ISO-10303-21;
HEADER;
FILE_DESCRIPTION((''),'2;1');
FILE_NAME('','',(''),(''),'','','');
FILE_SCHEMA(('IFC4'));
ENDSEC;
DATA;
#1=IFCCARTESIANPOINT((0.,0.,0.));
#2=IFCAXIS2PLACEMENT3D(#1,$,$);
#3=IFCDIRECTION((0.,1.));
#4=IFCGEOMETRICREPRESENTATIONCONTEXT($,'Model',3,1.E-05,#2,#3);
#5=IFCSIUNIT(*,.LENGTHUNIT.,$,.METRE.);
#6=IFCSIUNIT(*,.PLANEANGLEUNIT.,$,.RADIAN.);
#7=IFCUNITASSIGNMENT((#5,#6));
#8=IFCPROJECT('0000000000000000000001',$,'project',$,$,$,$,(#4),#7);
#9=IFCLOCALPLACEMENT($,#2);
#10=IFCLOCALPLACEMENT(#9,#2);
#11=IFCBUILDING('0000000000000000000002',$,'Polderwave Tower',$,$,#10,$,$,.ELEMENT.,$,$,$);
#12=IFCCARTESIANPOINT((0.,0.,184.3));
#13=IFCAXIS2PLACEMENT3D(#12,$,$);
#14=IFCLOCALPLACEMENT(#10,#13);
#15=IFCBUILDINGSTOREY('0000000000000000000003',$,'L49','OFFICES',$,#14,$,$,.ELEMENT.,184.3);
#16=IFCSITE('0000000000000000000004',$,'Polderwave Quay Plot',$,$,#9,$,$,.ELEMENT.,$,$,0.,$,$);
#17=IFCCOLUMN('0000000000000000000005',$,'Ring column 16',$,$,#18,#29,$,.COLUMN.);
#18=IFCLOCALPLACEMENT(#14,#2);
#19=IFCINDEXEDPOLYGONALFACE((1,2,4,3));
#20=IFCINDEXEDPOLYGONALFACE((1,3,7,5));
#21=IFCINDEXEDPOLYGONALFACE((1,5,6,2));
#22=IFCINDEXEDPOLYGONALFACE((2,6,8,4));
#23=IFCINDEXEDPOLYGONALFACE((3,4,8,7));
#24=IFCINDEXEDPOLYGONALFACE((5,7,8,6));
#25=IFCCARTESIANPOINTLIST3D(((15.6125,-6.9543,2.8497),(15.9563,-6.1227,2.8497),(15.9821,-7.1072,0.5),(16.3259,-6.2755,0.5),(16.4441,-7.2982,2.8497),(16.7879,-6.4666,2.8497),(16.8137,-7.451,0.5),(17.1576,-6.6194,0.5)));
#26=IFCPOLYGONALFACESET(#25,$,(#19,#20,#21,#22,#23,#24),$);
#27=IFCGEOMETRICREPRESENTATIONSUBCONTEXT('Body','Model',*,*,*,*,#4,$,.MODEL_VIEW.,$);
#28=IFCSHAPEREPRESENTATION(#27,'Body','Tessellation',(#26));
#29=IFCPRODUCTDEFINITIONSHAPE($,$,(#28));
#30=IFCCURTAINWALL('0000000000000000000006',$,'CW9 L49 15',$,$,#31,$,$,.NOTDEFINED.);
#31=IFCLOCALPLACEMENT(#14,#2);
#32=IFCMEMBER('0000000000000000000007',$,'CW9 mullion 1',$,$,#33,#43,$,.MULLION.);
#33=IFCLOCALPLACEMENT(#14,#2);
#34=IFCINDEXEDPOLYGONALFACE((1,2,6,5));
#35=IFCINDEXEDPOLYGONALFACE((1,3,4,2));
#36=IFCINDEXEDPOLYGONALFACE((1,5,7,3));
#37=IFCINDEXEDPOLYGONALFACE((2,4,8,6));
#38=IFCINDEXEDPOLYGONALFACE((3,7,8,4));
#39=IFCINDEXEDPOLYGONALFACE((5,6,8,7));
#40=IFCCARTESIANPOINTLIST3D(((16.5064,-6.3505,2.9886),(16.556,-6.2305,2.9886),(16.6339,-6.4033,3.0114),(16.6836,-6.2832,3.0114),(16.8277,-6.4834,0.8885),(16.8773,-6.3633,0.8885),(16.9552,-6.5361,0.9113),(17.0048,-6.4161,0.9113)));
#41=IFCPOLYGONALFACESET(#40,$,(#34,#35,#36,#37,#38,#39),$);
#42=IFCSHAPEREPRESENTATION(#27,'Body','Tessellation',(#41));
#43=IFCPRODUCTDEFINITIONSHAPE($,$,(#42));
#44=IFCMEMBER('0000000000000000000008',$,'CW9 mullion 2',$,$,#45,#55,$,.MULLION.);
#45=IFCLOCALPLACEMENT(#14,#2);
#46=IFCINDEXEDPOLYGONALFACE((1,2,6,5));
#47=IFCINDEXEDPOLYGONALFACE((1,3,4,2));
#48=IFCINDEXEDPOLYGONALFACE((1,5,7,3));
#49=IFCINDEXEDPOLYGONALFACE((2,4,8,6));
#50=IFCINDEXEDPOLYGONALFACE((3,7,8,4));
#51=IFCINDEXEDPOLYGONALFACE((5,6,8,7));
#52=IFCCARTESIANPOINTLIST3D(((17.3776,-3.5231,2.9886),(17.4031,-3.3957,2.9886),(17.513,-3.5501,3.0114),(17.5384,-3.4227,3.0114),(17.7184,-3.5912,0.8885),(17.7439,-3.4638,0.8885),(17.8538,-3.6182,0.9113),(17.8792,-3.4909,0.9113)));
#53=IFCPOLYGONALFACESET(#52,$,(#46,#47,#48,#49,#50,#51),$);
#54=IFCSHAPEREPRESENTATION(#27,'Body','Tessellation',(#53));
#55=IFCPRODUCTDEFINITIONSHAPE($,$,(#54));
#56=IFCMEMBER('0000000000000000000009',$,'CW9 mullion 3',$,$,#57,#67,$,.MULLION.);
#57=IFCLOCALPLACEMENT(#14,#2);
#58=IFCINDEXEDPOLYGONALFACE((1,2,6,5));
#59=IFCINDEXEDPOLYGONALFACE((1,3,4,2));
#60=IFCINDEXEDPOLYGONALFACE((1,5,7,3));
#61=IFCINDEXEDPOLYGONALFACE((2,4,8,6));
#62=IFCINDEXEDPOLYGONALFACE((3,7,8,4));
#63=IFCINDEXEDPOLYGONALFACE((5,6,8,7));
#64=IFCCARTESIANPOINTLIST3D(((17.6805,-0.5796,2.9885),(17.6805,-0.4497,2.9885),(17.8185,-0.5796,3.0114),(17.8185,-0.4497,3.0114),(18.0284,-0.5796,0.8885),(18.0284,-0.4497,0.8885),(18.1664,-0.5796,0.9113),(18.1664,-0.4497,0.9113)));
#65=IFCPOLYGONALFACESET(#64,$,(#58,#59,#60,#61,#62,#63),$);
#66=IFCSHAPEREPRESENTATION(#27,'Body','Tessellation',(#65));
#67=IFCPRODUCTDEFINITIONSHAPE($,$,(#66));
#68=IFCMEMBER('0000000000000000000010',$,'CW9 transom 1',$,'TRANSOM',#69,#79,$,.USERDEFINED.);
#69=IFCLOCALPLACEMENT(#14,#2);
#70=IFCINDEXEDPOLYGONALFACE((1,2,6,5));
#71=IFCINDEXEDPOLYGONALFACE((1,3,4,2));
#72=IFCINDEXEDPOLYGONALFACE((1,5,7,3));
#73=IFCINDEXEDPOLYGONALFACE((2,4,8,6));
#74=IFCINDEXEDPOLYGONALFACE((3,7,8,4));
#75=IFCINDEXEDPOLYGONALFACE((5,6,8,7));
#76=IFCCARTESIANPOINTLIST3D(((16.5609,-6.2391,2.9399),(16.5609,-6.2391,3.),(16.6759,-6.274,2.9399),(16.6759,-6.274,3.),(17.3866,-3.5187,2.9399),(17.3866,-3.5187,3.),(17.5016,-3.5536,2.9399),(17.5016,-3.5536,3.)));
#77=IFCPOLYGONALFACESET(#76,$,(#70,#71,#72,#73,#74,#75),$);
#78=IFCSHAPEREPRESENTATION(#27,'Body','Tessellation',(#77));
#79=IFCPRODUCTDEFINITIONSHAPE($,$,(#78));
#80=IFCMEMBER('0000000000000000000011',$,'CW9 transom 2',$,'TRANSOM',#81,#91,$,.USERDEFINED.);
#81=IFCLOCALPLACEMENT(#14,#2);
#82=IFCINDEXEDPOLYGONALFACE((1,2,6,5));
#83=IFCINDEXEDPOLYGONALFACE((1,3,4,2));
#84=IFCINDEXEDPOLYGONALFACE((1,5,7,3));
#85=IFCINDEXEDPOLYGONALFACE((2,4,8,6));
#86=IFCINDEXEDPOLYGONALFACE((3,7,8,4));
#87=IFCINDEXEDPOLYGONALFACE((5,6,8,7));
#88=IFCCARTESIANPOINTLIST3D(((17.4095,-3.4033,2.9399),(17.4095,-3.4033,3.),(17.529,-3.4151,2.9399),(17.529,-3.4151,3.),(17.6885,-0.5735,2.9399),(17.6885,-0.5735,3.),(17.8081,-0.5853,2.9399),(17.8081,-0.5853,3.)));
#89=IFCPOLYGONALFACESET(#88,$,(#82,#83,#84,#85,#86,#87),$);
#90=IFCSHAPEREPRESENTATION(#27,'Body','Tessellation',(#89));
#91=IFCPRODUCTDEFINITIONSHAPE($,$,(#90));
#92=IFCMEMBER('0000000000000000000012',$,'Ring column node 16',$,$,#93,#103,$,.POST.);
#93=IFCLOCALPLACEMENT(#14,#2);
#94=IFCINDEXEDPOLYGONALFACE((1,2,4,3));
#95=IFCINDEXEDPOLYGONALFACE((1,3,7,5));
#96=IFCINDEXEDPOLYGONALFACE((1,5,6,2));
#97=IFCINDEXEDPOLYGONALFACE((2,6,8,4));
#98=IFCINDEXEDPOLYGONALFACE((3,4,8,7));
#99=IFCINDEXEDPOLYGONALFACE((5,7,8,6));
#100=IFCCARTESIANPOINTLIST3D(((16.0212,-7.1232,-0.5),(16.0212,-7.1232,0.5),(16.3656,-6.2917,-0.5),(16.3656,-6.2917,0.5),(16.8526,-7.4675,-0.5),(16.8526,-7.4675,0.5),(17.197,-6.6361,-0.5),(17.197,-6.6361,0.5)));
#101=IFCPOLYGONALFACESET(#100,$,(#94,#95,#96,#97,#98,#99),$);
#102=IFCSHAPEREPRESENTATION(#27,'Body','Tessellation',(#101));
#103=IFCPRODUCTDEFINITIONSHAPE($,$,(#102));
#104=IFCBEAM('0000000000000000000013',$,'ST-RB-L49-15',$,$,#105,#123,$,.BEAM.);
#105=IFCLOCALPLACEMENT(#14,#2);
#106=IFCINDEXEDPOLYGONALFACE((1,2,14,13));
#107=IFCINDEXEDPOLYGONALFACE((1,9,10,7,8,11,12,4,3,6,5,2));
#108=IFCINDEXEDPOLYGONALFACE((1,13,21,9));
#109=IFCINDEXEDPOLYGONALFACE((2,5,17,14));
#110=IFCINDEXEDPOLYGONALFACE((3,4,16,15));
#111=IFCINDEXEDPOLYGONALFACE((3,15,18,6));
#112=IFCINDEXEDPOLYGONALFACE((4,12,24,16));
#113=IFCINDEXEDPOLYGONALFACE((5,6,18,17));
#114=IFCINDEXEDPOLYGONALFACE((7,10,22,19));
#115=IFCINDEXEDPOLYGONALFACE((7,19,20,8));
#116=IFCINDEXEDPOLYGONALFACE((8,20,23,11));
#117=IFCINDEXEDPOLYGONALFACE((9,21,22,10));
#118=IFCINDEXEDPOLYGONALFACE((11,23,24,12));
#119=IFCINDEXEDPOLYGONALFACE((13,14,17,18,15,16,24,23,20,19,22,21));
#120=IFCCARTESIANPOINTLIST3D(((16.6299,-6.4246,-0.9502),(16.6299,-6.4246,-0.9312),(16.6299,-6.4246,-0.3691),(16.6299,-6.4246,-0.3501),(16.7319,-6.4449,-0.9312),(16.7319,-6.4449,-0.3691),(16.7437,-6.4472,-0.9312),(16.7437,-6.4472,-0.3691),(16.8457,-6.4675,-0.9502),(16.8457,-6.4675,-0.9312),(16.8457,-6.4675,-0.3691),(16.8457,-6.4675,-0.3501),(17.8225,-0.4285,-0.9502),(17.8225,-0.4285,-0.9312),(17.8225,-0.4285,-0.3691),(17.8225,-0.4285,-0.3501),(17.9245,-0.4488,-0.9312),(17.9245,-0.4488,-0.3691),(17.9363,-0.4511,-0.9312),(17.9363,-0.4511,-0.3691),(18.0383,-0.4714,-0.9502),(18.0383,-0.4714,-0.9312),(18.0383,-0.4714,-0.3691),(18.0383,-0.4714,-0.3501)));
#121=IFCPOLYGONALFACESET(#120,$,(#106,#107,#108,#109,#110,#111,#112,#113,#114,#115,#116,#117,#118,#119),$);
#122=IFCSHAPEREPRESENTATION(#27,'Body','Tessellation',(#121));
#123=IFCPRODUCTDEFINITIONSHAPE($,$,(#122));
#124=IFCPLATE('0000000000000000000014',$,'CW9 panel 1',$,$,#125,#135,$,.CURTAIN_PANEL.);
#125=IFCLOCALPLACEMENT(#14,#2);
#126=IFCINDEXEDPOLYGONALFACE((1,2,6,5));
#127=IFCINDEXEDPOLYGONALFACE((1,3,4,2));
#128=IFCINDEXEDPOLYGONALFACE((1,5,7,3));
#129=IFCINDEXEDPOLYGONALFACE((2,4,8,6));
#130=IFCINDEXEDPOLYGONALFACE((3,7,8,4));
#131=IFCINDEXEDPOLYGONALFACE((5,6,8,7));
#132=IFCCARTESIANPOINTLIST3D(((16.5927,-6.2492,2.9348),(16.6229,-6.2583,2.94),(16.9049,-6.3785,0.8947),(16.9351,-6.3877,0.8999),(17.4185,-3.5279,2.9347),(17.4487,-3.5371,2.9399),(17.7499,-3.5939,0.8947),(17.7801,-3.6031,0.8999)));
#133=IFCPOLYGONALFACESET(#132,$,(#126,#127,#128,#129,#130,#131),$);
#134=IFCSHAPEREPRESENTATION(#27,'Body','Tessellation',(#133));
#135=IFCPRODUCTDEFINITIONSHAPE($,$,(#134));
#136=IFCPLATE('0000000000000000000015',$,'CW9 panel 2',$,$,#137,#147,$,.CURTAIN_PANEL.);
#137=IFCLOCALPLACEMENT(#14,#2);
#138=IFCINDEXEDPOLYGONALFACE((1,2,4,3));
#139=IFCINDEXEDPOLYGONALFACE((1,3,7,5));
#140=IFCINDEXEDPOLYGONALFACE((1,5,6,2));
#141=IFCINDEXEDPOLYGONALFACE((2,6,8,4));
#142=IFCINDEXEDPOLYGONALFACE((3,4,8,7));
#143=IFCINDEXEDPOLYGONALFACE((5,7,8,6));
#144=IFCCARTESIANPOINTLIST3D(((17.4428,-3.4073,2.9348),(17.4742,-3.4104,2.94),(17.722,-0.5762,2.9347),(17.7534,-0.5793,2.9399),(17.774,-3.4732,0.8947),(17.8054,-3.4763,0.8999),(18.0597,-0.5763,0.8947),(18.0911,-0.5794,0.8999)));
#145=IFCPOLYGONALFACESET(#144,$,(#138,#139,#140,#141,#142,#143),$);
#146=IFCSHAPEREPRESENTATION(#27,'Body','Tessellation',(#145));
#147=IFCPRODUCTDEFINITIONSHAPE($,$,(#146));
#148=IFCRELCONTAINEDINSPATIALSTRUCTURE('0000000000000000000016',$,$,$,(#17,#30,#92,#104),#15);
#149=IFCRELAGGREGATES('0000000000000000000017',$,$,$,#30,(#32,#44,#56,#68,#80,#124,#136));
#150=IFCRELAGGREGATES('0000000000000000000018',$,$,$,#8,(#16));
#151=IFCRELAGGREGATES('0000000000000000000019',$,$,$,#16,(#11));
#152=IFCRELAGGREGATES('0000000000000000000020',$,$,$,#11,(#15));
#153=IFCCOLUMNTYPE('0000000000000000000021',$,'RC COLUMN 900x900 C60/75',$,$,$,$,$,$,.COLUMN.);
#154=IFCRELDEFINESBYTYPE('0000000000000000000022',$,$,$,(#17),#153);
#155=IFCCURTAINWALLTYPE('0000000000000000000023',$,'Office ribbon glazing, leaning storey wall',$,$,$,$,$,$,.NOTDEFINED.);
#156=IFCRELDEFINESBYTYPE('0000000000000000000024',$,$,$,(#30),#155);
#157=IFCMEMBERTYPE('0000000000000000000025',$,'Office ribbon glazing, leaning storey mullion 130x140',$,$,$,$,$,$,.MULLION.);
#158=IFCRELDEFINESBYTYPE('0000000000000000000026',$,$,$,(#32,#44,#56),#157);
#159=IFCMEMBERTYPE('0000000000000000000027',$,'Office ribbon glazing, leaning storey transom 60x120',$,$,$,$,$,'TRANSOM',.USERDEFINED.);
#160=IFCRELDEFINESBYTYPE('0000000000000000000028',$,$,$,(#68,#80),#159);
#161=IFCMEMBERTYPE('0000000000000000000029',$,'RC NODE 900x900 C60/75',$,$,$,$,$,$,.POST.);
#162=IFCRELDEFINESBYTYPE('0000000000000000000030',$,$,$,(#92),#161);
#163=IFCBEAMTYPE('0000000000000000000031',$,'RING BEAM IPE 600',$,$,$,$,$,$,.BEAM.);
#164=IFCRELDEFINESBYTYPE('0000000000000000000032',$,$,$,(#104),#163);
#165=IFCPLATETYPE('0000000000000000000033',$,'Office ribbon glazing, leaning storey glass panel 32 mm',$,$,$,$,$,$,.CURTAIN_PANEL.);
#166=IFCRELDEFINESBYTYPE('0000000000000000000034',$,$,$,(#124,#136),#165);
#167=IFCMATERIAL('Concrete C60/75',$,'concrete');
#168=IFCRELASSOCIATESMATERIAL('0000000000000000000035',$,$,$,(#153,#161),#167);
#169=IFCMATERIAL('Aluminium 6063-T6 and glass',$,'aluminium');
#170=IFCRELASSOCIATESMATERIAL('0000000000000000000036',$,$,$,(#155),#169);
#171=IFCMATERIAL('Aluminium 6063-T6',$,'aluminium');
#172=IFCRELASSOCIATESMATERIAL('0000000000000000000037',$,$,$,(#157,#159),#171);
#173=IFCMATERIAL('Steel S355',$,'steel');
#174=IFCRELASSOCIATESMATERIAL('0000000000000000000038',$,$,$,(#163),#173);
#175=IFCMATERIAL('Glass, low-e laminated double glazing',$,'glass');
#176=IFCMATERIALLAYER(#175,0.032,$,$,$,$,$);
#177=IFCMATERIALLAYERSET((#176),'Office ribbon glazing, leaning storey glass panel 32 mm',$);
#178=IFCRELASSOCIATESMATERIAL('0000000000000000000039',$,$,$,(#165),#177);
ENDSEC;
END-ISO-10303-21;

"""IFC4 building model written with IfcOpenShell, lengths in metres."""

from ifc_helpers import new_model, si_unit, direction, frame, origin, origin_2d, place, context, subcontext, project, spatial, polyline, rectangle, i_section, outline, extrude, material, layer, layer_set, material_profile, profile_set, type_object, element, aggregate, save


model = new_model("IFC4")

# Units and contexts
model_context = context("Model", 3, precision=1e-05, world=origin(), true_north=direction((0.0, 1.0)))
body_context = subcontext(model_context, "Body", "Model", "MODEL_VIEW")
ifc_project = project(units=[si_unit("LENGTHUNIT", "METRE"), si_unit("PLANEANGLEUNIT", "RADIAN")], contexts=[model_context])

# Site, building, storey
site_placement = place(None, origin())
site = spatial("IfcSite", under=ifc_project, at=site_placement, Name="Polderwave Quay Plot", CompositionType="ELEMENT", RefElevation=0.0)
building_placement = place(site_placement, origin())
building = spatial("IfcBuilding", under=site, at=building_placement, Name="Polderwave Tower", CompositionType="ELEMENT")
storey_placement = place(building_placement, frame((0.0, 0.0, 184.3)))
storey = spatial("IfcBuildingStorey", under=building, at=storey_placement, Name="L49", Description="OFFICES", CompositionType="ELEMENT", Elevation=184.3)

# Column
ifc_material_1 = material(Name="Concrete C60/75", Category="concrete")
ifc_material_profile_1 = material_profile(ifc_material_1, rectangle(XDim=0.8999, YDim=0.8999, at=origin_2d()), Name="RC 900x900")
ifc_profile_set_1 = profile_set([ifc_material_profile_1], Name="Concrete C60/75")
column_type = type_object("IfcColumnType", Name="RC COLUMN 900x900 C60/75", PredefinedType="COLUMN", material=ifc_profile_set_1)
column_placement = place(storey_placement, frame((16.5698, -6.8633, 0.5), z_axis=(0.0, 0.0, 1.0), x_axis=(-0.3821, -0.924121, 0.0)))
element("IfcColumn", 1, at=column_placement, inside=storey, type_object=column_type, Name="Ring column 16", PredefinedType="COLUMN", context=body_context, shape_type="SweptSolid", body=[
    extrude(rectangle(XDim=0.8999, YDim=0.8999, at=origin_2d()), origin(), (0.0, -0.167801, 0.985821), 2.3835),
])

# Curtain wall, members
ifc_material_2 = material(Name="Aluminium 6063-T6 and glass", Category="aluminium")
curtain_wall_type = type_object("IfcCurtainWallType", Name="Office ribbon glazing, leaning storey wall", PredefinedType="NOTDEFINED", material=ifc_material_2)
curtain_wall_placement = place(storey_placement, origin())
curtain_wall = element("IfcCurtainWall", 2, at=curtain_wall_placement, inside=storey, type_object=curtain_wall_type, Name="CW9 L49 15", PredefinedType="NOTDEFINED")
ifc_material_3 = material(Name="Aluminium 6063-T6", Category="aluminium")
ifc_material_profile_2 = material_profile(ifc_material_3, rectangle(XDim=0.1299, YDim=0.1399, at=origin_2d()), Name="AL 130x140")
ifc_profile_set_2 = profile_set([ifc_material_profile_2], Name="Aluminium 6063-T6")
member_type_1 = type_object("IfcMemberType", Name="Office ribbon glazing, leaning storey mullion 130x140", PredefinedType="MULLION", material=ifc_profile_set_2)
member_1_placement = place(storey_placement, frame((16.9163, -6.4497, 0.8999), z_axis=(-0.150934, 0.062392, 0.986573), x_axis=(-0.382021, -0.924154, 0.0)))
member_1 = element("IfcMember", 3, at=member_1_placement, type_object=member_type_1, Name="CW9 mullion 1", PredefinedType="MULLION", context=body_context, shape_type="SweptSolid", body=[
    extrude(rectangle(XDim=0.1299, YDim=0.1399, at=origin_2d()), origin(), (0.0, 0.0, 1.0), 2.1287),
])
member_2_placement = place(storey_placement, frame((17.7988, -3.541, 0.8999), z_axis=(-0.16011, 0.031999, 0.98658), x_axis=(-0.195981, -0.980608, 0.0)))
member_2 = element("IfcMember", 4, at=member_2_placement, type_object=member_type_1, Name="CW9 mullion 2", PredefinedType="MULLION", context=body_context, shape_type="SweptSolid", body=[
    extrude(rectangle(XDim=0.1299, YDim=0.1399, at=origin_2d()), origin(), (0.0, 0.0, 1.0), 2.1287),
])
member_3_placement = place(storey_placement, frame((18.0974, -0.5146, 0.8999), z_axis=(-0.163432, 0.0, 0.986555), x_axis=(0.0, -1.0, 0.0)))
member_3 = element("IfcMember", 5, at=member_3_placement, type_object=member_type_1, Name="CW9 mullion 3", PredefinedType="MULLION", context=body_context, shape_type="SweptSolid", body=[
    extrude(rectangle(XDim=0.1299, YDim=0.1399, at=origin_2d()), origin(), (0.0, 0.0, 1.0), 2.1287),
])
ifc_material_profile_3 = material_profile(ifc_material_3, rectangle(XDim=0.1201, YDim=0.0601, at=origin_2d()), Name="AL 60x120")
ifc_profile_set_3 = profile_set([ifc_material_profile_3], Name="Aluminium 6063-T6")
member_type_2 = type_object("IfcMemberType", Name="Office ribbon glazing, leaning storey transom 60x120", ElementType="TRANSOM", PredefinedType="USERDEFINED", material=ifc_profile_set_3)
member_4_placement = place(storey_placement, frame((16.6184, -6.2566, 2.97), z_axis=(0.290427, 0.956897, 0.0), x_axis=(-0.956897, 0.290427, 0.0)))
member_4 = element("IfcMember", 6, at=member_4_placement, type_object=member_type_2, Name="CW9 transom 1", ObjectType="TRANSOM", PredefinedType="USERDEFINED", context=body_context, shape_type="SweptSolid", body=[
    extrude(rectangle(XDim=0.1201, YDim=0.0601, at=origin_2d()), origin(), (0.0, 0.0, 1.0), 2.843),
])
member_5_placement = place(storey_placement, frame((17.4692, -3.4092, 2.97), z_axis=(0.098135, 0.995173, 0.0), x_axis=(-0.995173, 0.098135, 0.0)))
member_5 = element("IfcMember", 7, at=member_5_placement, type_object=member_type_2, Name="CW9 transom 2", ObjectType="TRANSOM", PredefinedType="USERDEFINED", context=body_context, shape_type="SweptSolid", body=[
    extrude(rectangle(XDim=0.1201, YDim=0.0601, at=origin_2d()), origin(), (0.0, 0.0, 1.0), 2.8435),
])

# Member
ifc_material_profile_4 = material_profile(ifc_material_1, rectangle(XDim=0.8999, YDim=0.8999, at=origin_2d()), Name="RC 900x900")
ifc_profile_set_4 = profile_set([ifc_material_profile_4], Name="Concrete C60/75")
member_type_3 = type_object("IfcMemberType", Name="RC NODE 900x900 C60/75", PredefinedType="POST", material=ifc_profile_set_4)
member_6_placement = place(storey_placement, frame((16.6091, -6.8796, -0.5), z_axis=(0.0, 0.0, 1.0), x_axis=(0.92388, -0.382683, 0.0)))
element("IfcMember", 8, at=member_6_placement, inside=storey, type_object=member_type_3, Name="Ring column node 16", PredefinedType="POST", context=body_context, shape_type="SweptSolid", body=[
    extrude(rectangle(XDim=0.8999, YDim=0.8999, at=origin_2d()), origin(), (0.0, 0.0, 1.0), 1.0),
])

# Beam
ifc_material_4 = material(Name="Steel S355", Category="steel")
ifc_material_profile_5 = material_profile(ifc_material_4, i_section(OverallWidth=0.22, OverallDepth=0.6001, WebThickness=0.012, FlangeThickness=0.019, at=origin_2d()), Name="IPE 600")
ifc_profile_set_5 = profile_set([ifc_material_profile_5], Name="Steel S355")
beam_type = type_object("IfcBeamType", Name="RING BEAM IPE 600", PredefinedType="BEAM", material=ifc_profile_set_5)
beam_placement = place(storey_placement, frame((16.7378, -6.446, -0.6501), z_axis=(0.195079, 0.980787, 0.0), x_axis=(-0.980787, 0.195079, 0.0)))
element("IfcBeam", 9, at=beam_placement, inside=storey, type_object=beam_type, Name="ST-RB-L49-15", PredefinedType="BEAM", context=body_context, shape_type="SweptSolid", body=[
    extrude(i_section(OverallWidth=0.22, OverallDepth=0.6001, WebThickness=0.012, FlangeThickness=0.019, at=origin_2d()), origin(), (0.0, 0.0, 1.0), 6.1135),
])

# Plates
ifc_material_5 = material(Name="Glass, low-e laminated double glazing", Category="glass")
ifc_layer_1 = layer(ifc_material_5, 0.032)
ifc_layer_set_1 = layer_set([ifc_layer_1], Name="Office ribbon glazing, leaning storey glass panel 32 mm")
plate_type = type_object("IfcPlateType", Name="Office ribbon glazing, leaning storey glass panel 32 mm", PredefinedType="CURTAIN_PANEL", material=ifc_layer_set_1)
plate_1_placement = place(storey_placement, frame((16.9351, -6.3877, 0.8999), z_axis=(0.944165, -0.286532, 0.16264), x_axis=(0.290397, 0.956906, 0.000006)))
plate_1 = element("IfcPlate", 10, at=plate_1_placement, type_object=plate_type, Name="CW9 panel 1", PredefinedType="CURTAIN_PANEL", context=body_context, shape_type="SweptSolid", body=[
    extrude(outline(polyline([(0.0, 0.0), (2.91, 0.0), (2.8769, 2.0676), (0.0332, 2.0676), (0.0, 0.0)])), origin(), (0.0, 0.0, -1.0), 0.032),
])
plate_2_placement = place(storey_placement, frame((17.8054, -3.4763, 0.8999), z_axis=(0.981935, -0.096846, 0.162557), x_axis=(0.098151, 0.995172, 0.000004)))
plate_2 = element("IfcPlate", 11, at=plate_2_placement, type_object=plate_type, Name="CW9 panel 2", PredefinedType="CURTAIN_PANEL", context=body_context, shape_type="SweptSolid", body=[
    extrude(outline(polyline([(0.0, 0.0), (2.911, 0.0), (2.8779, 2.0675), (0.0331, 2.0676), (0.0, 0.0)])), origin(), (0.0, 0.0, -1.0), 0.032),
])
aggregate(curtain_wall, [member_1, member_2, member_3, member_4, member_5, plate_1, plate_2])

save(model, "model.ifc")
